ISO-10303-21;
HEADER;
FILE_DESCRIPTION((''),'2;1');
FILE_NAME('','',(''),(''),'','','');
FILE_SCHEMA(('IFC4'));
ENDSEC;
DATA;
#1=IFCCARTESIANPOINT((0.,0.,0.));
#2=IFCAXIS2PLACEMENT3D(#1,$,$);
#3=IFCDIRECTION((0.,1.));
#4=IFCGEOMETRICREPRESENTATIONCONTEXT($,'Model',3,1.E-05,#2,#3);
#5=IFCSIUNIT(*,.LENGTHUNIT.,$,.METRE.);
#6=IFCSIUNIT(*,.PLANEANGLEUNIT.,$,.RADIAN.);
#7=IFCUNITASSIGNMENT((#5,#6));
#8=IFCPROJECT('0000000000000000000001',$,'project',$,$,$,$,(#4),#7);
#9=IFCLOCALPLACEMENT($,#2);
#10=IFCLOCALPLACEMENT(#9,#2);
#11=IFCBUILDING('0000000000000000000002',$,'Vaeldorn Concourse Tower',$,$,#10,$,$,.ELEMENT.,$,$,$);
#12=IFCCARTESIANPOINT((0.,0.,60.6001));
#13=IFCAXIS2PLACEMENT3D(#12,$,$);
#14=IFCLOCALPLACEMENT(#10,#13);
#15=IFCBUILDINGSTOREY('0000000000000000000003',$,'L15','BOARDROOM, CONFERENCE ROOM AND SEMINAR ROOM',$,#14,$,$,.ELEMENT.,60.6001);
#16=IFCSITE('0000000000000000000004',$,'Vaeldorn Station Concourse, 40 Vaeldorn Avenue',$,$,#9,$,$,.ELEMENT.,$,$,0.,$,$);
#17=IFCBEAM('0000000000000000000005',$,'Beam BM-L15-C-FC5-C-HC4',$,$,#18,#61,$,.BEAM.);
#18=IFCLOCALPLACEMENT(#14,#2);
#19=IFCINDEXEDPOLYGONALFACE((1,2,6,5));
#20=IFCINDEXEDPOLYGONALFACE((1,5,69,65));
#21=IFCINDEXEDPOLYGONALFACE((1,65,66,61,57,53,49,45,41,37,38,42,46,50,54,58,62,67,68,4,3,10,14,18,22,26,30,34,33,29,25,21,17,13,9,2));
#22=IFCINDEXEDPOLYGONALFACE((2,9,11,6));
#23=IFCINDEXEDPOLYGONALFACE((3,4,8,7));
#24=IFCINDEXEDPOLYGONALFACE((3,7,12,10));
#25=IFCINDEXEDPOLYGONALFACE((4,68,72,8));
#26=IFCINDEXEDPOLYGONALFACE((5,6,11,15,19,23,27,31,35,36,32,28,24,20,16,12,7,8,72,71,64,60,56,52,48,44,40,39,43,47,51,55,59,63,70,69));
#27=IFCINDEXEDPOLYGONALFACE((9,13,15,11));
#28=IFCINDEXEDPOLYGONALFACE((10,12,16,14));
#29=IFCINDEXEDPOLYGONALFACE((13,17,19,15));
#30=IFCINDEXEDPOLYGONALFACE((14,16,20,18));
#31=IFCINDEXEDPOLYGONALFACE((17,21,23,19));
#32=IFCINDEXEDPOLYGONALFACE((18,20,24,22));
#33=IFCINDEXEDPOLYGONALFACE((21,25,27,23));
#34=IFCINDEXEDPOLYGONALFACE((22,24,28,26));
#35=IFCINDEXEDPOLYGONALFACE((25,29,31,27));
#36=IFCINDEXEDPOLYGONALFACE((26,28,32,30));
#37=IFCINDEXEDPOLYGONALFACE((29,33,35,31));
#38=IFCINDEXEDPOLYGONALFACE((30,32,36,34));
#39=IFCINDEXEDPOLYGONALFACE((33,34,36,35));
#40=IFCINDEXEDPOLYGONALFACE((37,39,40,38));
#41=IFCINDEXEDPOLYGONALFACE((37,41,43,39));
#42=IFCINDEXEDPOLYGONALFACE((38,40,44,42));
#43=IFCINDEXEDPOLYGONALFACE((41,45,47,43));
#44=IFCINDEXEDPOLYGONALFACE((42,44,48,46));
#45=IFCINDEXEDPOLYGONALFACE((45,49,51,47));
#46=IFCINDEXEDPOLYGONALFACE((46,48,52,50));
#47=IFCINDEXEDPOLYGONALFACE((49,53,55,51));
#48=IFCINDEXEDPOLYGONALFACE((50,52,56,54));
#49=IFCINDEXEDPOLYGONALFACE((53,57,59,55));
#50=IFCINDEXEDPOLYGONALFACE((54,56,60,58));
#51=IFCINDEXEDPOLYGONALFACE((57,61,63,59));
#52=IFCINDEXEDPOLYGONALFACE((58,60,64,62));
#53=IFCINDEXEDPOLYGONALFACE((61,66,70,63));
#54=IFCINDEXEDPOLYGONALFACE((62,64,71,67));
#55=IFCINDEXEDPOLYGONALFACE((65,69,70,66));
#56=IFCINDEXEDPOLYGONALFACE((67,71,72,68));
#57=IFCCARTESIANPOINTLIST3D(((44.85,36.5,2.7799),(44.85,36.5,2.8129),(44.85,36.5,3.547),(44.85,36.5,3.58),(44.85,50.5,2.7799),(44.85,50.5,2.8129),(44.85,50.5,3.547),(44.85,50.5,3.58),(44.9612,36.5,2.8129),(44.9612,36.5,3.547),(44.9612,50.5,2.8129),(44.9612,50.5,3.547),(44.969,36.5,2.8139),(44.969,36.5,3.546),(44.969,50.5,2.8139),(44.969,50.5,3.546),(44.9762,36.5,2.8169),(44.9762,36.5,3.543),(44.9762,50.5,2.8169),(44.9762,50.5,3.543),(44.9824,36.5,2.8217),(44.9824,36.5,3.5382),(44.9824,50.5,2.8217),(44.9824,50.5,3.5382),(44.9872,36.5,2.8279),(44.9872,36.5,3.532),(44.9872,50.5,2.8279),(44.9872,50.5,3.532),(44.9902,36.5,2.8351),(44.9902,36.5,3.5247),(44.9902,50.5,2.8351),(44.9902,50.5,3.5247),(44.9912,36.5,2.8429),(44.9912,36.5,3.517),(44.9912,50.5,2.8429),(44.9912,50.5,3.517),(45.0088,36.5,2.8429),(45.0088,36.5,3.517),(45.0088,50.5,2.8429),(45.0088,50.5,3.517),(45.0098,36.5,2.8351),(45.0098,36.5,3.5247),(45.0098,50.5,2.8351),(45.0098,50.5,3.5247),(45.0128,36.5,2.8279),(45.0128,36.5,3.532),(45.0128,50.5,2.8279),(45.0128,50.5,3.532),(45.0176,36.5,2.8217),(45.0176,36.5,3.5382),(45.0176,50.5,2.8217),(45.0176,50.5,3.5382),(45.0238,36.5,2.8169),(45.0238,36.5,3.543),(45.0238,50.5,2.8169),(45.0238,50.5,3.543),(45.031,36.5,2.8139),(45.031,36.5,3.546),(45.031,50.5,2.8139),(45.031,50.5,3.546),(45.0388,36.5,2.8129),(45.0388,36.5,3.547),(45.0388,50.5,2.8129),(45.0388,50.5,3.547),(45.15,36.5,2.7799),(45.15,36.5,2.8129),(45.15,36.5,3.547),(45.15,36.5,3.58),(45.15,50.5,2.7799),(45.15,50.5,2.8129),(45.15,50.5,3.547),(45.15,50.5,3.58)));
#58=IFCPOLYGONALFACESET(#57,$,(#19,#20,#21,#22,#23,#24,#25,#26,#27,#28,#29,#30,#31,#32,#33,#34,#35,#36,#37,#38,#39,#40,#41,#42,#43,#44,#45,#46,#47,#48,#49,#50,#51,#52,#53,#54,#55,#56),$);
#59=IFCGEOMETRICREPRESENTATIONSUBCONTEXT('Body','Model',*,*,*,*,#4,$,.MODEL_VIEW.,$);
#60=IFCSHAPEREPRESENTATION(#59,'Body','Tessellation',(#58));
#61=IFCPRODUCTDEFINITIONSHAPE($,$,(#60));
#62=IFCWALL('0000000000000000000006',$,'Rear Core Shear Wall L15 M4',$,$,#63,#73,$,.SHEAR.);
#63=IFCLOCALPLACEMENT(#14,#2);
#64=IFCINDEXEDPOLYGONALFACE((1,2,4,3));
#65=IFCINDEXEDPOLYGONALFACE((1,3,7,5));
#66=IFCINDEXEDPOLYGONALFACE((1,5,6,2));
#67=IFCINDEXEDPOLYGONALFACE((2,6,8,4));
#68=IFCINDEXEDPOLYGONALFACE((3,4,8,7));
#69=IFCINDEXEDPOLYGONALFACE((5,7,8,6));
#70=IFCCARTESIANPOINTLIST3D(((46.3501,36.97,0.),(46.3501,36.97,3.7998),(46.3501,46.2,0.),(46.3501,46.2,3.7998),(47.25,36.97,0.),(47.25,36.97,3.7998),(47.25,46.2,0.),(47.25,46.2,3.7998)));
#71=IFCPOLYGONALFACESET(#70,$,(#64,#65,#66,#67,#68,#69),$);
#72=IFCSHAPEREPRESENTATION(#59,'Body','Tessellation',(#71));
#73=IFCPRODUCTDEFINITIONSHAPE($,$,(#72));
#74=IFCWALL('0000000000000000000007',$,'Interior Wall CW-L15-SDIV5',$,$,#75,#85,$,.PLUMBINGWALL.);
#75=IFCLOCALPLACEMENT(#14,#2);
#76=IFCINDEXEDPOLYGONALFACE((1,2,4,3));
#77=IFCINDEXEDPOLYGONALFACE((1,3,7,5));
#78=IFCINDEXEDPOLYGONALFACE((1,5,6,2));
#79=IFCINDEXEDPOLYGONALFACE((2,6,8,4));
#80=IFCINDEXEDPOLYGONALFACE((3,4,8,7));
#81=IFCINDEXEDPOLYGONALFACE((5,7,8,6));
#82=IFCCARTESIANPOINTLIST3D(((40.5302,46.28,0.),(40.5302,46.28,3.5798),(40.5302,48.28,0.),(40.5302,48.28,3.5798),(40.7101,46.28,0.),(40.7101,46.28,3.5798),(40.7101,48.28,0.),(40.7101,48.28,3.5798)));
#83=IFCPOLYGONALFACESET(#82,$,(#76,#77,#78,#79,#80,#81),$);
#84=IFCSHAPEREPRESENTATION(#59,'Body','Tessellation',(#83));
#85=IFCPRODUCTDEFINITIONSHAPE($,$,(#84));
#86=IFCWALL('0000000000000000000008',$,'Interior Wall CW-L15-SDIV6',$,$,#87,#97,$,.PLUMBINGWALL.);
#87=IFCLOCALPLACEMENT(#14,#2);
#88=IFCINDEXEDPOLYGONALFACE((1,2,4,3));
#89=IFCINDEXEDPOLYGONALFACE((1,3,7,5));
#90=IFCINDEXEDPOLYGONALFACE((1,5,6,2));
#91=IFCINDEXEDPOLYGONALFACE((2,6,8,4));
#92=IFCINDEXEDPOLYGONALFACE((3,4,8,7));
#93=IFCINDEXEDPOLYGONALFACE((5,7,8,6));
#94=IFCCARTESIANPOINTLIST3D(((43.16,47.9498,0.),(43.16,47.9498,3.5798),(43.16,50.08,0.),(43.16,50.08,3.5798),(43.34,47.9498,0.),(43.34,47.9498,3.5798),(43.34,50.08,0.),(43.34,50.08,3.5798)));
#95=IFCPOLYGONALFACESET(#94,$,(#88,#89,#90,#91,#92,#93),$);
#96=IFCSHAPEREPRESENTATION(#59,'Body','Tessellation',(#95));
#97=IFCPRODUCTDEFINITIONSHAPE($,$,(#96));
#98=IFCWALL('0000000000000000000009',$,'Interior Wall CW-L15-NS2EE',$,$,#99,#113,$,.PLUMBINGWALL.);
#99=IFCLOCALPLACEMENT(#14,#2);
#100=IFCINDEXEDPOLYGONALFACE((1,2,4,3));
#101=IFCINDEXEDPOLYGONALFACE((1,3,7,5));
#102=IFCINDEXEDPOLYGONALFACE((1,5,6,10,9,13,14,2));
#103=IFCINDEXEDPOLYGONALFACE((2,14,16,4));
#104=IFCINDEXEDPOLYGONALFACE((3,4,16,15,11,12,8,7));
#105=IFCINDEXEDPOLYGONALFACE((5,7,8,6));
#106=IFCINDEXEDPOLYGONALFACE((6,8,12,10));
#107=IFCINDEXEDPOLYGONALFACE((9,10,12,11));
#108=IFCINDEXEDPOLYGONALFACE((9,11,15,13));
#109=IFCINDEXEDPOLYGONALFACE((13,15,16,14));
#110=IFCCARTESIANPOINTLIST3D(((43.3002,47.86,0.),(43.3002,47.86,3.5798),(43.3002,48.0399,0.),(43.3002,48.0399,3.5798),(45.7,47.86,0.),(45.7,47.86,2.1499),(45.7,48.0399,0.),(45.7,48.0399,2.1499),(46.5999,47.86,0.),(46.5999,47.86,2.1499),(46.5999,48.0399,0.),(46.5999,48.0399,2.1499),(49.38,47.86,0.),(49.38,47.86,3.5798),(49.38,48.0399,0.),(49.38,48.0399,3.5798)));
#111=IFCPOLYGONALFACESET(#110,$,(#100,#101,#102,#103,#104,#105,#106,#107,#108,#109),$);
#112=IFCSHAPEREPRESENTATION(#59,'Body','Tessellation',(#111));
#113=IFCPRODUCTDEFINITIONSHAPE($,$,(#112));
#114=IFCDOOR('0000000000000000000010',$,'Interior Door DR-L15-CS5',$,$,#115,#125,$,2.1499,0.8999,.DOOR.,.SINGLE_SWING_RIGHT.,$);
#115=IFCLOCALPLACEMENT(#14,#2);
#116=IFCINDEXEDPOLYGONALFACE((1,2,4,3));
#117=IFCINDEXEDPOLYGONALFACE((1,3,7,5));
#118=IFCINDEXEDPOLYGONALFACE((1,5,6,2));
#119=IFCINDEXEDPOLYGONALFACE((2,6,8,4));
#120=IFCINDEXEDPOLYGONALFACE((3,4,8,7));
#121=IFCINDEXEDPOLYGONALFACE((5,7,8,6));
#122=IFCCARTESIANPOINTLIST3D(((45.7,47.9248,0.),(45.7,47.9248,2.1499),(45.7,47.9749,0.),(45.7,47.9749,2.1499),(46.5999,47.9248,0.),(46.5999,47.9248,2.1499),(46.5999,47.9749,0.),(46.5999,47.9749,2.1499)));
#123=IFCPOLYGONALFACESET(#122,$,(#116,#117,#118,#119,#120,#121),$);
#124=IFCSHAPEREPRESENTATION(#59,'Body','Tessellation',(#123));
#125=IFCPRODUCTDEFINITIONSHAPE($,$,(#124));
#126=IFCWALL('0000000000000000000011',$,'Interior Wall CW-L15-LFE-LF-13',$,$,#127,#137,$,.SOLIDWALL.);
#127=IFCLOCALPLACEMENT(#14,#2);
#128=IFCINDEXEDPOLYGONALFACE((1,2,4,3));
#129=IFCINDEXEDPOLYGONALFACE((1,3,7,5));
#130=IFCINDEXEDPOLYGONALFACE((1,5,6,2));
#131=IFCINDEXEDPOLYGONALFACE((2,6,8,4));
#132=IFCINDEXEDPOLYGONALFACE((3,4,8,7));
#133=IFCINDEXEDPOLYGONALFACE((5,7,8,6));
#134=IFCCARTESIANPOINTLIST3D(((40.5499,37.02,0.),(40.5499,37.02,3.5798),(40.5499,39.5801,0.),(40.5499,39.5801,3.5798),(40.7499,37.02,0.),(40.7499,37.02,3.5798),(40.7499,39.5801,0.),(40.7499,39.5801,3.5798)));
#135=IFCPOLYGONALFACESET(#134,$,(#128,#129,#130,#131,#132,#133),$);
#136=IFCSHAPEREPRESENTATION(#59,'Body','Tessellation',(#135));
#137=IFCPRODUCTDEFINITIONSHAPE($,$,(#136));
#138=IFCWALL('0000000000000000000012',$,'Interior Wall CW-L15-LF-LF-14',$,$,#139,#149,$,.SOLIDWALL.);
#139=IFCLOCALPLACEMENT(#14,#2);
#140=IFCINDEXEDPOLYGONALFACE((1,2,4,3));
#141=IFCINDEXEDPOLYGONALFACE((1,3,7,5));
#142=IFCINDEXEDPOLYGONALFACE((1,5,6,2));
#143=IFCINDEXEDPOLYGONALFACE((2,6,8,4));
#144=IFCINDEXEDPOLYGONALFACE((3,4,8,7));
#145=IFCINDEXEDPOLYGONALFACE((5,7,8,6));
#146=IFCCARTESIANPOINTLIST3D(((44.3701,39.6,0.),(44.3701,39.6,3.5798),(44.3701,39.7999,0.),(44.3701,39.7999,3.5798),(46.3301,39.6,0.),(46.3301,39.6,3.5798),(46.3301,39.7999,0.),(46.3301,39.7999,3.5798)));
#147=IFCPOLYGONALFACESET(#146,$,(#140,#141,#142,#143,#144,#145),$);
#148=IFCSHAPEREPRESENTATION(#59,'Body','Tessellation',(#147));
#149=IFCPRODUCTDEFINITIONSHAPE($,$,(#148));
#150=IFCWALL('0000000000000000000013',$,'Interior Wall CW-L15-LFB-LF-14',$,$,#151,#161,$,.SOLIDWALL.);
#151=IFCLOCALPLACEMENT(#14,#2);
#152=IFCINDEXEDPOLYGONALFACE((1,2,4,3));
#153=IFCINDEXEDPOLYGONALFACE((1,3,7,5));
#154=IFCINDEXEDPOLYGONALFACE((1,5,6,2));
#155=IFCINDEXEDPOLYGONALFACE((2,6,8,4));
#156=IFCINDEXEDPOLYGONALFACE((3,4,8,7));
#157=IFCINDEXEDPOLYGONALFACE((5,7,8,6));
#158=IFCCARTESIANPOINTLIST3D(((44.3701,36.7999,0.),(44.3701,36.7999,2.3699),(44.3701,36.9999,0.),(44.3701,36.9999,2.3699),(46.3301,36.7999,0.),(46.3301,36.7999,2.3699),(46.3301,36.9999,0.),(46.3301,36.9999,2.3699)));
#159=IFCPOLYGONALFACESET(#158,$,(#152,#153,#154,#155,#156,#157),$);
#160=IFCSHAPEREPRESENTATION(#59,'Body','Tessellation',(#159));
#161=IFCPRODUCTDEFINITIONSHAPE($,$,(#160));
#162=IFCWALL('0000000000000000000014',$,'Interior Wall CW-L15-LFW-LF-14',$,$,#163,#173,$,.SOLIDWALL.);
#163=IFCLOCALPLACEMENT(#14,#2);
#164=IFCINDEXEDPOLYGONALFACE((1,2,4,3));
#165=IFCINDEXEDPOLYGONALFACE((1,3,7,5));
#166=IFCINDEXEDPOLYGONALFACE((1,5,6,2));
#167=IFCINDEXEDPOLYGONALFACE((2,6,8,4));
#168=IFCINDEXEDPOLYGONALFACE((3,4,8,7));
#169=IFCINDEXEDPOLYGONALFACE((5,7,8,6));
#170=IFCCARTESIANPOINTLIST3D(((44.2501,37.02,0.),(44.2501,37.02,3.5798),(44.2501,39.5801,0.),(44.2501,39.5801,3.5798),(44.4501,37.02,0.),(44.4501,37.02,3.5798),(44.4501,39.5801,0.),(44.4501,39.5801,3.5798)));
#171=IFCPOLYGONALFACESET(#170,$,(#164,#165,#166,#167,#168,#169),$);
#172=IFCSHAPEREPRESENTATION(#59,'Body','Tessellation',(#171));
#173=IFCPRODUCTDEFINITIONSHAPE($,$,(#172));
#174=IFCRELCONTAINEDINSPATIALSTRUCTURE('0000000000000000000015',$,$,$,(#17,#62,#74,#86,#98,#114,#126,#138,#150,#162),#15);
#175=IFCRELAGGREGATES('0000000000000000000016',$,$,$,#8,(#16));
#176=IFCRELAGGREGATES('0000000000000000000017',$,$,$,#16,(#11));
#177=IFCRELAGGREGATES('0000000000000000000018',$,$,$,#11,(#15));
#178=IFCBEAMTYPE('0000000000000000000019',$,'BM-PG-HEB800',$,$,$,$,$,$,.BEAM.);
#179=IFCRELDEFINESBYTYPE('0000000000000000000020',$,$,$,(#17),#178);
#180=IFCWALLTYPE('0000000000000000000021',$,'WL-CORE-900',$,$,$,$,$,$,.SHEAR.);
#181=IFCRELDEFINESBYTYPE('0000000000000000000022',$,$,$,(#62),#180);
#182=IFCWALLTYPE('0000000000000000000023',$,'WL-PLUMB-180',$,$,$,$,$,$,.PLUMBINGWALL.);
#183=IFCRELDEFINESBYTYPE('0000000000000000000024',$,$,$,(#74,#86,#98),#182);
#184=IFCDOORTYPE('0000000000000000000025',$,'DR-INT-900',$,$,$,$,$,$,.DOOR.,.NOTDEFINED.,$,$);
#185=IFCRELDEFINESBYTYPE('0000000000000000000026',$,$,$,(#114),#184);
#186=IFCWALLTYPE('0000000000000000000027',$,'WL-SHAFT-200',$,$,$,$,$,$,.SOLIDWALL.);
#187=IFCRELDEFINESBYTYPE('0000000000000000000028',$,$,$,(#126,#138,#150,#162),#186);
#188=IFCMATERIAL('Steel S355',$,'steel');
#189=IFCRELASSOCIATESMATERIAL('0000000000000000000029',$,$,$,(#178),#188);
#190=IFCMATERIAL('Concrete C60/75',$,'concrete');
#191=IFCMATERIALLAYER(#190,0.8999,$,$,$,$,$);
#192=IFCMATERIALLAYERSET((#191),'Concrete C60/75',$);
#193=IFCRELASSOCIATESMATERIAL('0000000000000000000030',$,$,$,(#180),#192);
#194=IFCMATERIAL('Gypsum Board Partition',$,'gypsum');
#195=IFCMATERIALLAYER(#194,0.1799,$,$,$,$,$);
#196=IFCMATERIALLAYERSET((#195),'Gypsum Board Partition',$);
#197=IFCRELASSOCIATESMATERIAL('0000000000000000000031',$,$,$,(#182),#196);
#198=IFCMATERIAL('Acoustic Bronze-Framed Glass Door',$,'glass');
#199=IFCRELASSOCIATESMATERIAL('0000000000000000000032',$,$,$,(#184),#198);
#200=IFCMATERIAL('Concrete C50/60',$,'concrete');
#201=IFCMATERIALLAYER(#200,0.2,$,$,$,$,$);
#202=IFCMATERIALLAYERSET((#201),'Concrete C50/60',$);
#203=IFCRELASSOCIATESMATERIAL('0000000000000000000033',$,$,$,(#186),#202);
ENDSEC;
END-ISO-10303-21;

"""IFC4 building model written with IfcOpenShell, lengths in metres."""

from ifc_helpers import new_model, si_unit, direction, frame, frame_2d, origin, origin_2d, place, context, subcontext, project, spatial, rectangle, i_section, extrude, source, transform, mapped, material, layer, layer_set, material_profile, profile_set, type_object, element, fill, save


model = new_model("IFC4")

# Units and contexts
model_context = context("Model", 3, precision=1e-05, world=origin(), true_north=direction((0.0, 1.0)))
body_context = subcontext(model_context, "Body", "Model", "MODEL_VIEW")
ifc_project = project(units=[si_unit("LENGTHUNIT", "METRE"), si_unit("PLANEANGLEUNIT", "RADIAN")], contexts=[model_context])

# Site, building, storey
site_placement = place(None, origin())
site = spatial("IfcSite", under=ifc_project, at=site_placement, Name="Vaeldorn Station Concourse, 40 Vaeldorn Avenue", CompositionType="ELEMENT", RefElevation=0.0)
building_placement = place(site_placement, origin())
building = spatial("IfcBuilding", under=site, at=building_placement, Name="Vaeldorn Concourse Tower", CompositionType="ELEMENT")
storey_placement = place(building_placement, frame((0.0, 0.0, 60.6001)))
storey = spatial("IfcBuildingStorey", under=building, at=storey_placement, Name="L15", Description="BOARDROOM, CONFERENCE ROOM AND SEMINAR ROOM", CompositionType="ELEMENT", Elevation=60.6001)

# Beam
ifc_material_1 = material(Name="Concrete C60/75", Category="concrete")
ifc_material_2 = material(Name="Steel S355", Category="steel")
ifc_material_profile_1 = material_profile(ifc_material_2, i_section(OverallWidth=0.3, OverallDepth=0.8, WebThickness=0.0176, FlangeThickness=0.033, FilletRadius=0.03, at=origin_2d()), Name="HEB 800")
ifc_profile_set_1 = profile_set([ifc_material_profile_1], Name="Steel S355")
beam_type_1 = type_object("IfcBeamType", Name="BM-PG-HEB800", PredefinedType="BEAM", material=ifc_profile_set_1)
shared_shape_1 = source(origin(), body_context, "Body", "SweptSolid", [
    extrude(i_section(OverallWidth=0.3, OverallDepth=0.8, WebThickness=0.0176, FlangeThickness=0.033, FilletRadius=0.03, at=origin_2d()), origin(), (0.0, 0.0, 1.0), 14.0),
])
beam_1_placement = place(storey_placement, frame((45.0, 36.5, 3.1799), z_axis=(0.0, 1.0, 0.0), x_axis=(-1.0, 0.0, 0.0)))
element("IfcBeam", 1, at=beam_1_placement, inside=storey, type_object=beam_type_1, Name="Beam BM-L15-C-FC5-C-HC4", PredefinedType="BEAM", context=body_context, shape_type="MappedRepresentation", body=[
    mapped(shared_shape_1, transform((0.0, 0.0, 0.0), scale=1.0)),
])

# Walls
ifc_layer_1 = layer(ifc_material_1, 0.8999)
ifc_layer_set_1 = layer_set([ifc_layer_1], Name="Concrete C60/75")
wall_type_1 = type_object("IfcWallType", Name="WL-CORE-900", PredefinedType="SHEAR", material=ifc_layer_set_1)
wall_1_placement = place(storey_placement, frame((46.8, 36.97, 0.0), z_axis=(0.0, 0.0, 1.0), x_axis=(0.0, 1.0, 0.0)))
element("IfcWall", 2, at=wall_1_placement, inside=storey, type_object=wall_type_1, Name="Rear Core Shear Wall L15 M4", PredefinedType="SHEAR", context=body_context, shape_type="SweptSolid", body=[
    extrude(rectangle(XDim=9.23, YDim=0.8999, at=frame_2d((4.615, 0.0))), origin(), (0.0, 0.0, 1.0), 3.7998),
])
ifc_material_3 = material(Name="Gypsum Board Partition", Category="gypsum")
ifc_layer_2 = layer(ifc_material_3, 0.1799)
ifc_layer_set_2 = layer_set([ifc_layer_2], Name="Gypsum Board Partition")
wall_type_2 = type_object("IfcWallType", Name="WL-PLUMB-180", PredefinedType="PLUMBINGWALL", material=ifc_layer_set_2)
wall_2_placement = place(storey_placement, frame((40.6201, 46.28, 0.0), z_axis=(0.0, 0.0, 1.0), x_axis=(0.0, 1.0, 0.0)))
element("IfcWall", 3, at=wall_2_placement, inside=storey, type_object=wall_type_2, Name="Interior Wall CW-L15-SDIV5", PredefinedType="PLUMBINGWALL", context=body_context, shape_type="SweptSolid", body=[
    extrude(rectangle(XDim=2.0, YDim=0.1799, at=frame_2d((1.0, 0.0))), origin(), (0.0, 0.0, 1.0), 3.5798),
])
wall_3_placement = place(storey_placement, frame((43.25, 47.95, 0.0), z_axis=(0.0, 0.0, 1.0), x_axis=(0.0, 1.0, 0.0)))
element("IfcWall", 4, at=wall_3_placement, inside=storey, type_object=wall_type_2, Name="Interior Wall CW-L15-SDIV6", PredefinedType="PLUMBINGWALL", context=body_context, shape_type="SweptSolid", body=[
    extrude(rectangle(XDim=2.1301, YDim=0.1799, at=frame_2d((1.0649, 0.0))), origin(), (0.0, 0.0, 1.0), 3.5798),
])

# Wall, opening, door
wall_4_placement = place(storey_placement, frame((43.3, 47.95, 0.0), z_axis=(0.0, 0.0, 1.0), x_axis=(1.0, 0.0, 0.0)))
wall_4 = element("IfcWall", 5, at=wall_4_placement, inside=storey, type_object=wall_type_2, Name="Interior Wall CW-L15-NS2EE", PredefinedType="PLUMBINGWALL", context=body_context, shape_type="SweptSolid", body=[
    extrude(rectangle(XDim=6.0798, YDim=0.1799, at=frame_2d((3.04, 0.0))), origin(), (0.0, 0.0, 1.0), 3.5798),
])
opening_1_placement = place(wall_4_placement, frame((2.3999, 0.0, 0.0)))
opening_1 = element("IfcOpeningElement", 6, at=opening_1_placement, cuts=wall_4, PredefinedType="OPENING", context=body_context, shape_type="SweptSolid", body=[
    extrude(rectangle(XDim=0.8999, YDim=2.1499, at=frame_2d((0.45, 1.075))), frame((0.0, 0.1001, 0.0), z_axis=(0.0, -1.0, 0.0), x_axis=(1.0, 0.0, 0.0)), (0.0, 0.0, 1.0), 0.2),
])
ifc_material_4 = material(Name="Acoustic Bronze-Framed Glass Door", Category="glass")
door_type_1 = type_object("IfcDoorType", Name="DR-INT-900", OperationType="NOTDEFINED", PredefinedType="DOOR", material=ifc_material_4)
shared_shape_2 = source(origin(), body_context, "Body", "SweptSolid", [
    extrude(rectangle(XDim=0.8999, YDim=2.1499, at=frame_2d((0.45, 1.075))), frame((0.0, 0.0249, 0.0), z_axis=(0.0, -1.0, 0.0), x_axis=(1.0, 0.0, 0.0)), (0.0, 0.0, 1.0), 0.05),
])
door_1_placement = place(opening_1_placement, origin())
door_1 = element("IfcDoor", 7, at=door_1_placement, inside=storey, type_object=door_type_1, Name="Interior Door DR-L15-CS5", OperationType="SINGLE_SWING_RIGHT", OverallHeight=2.1499, OverallWidth=0.8999, PredefinedType="DOOR", context=body_context, shape_type="MappedRepresentation", body=[
    mapped(shared_shape_2, transform((0.0, 0.0, 0.0), scale=1.0)),
])
fill(opening_1, door_1)
ifc_material_5 = material(Name="Concrete C50/60", Category="concrete")
ifc_layer_3 = layer(ifc_material_5, 0.2)
ifc_layer_set_3 = layer_set([ifc_layer_3], Name="Concrete C50/60")
wall_type_3 = type_object("IfcWallType", Name="WL-SHAFT-200", PredefinedType="SOLIDWALL", material=ifc_layer_set_3)

# Walls
wall_5_placement = place(storey_placement, frame((40.6499, 37.02, 0.0), z_axis=(0.0, 0.0, 1.0), x_axis=(0.0, 1.0, 0.0)))
element("IfcWall", 8, at=wall_5_placement, inside=storey, type_object=wall_type_3, Name="Interior Wall CW-L15-LFE-LF-13", PredefinedType="SOLIDWALL", context=body_context, shape_type="SweptSolid", body=[
    extrude(rectangle(XDim=2.5601, YDim=0.2, at=frame_2d((1.28, 0.0))), origin(), (0.0, 0.0, 1.0), 3.5798),
])
wall_6_placement = place(storey_placement, frame((44.3701, 39.7, 0.0), z_axis=(0.0, 0.0, 1.0), x_axis=(1.0, 0.0, 0.0)))
element("IfcWall", 9, at=wall_6_placement, inside=storey, type_object=wall_type_3, Name="Interior Wall CW-L15-LF-LF-14", PredefinedType="SOLIDWALL", context=body_context, shape_type="SweptSolid", body=[
    extrude(rectangle(XDim=1.96, YDim=0.2, at=frame_2d((0.98, 0.0))), origin(), (0.0, 0.0, 1.0), 3.5798),
])
wall_7_placement = place(storey_placement, frame((44.3701, 36.8999, 0.0), z_axis=(0.0, 0.0, 1.0), x_axis=(1.0, 0.0, 0.0)))
element("IfcWall", 10, at=wall_7_placement, inside=storey, type_object=wall_type_3, Name="Interior Wall CW-L15-LFB-LF-14", PredefinedType="SOLIDWALL", context=body_context, shape_type="SweptSolid", body=[
    extrude(rectangle(XDim=1.96, YDim=0.2, at=frame_2d((0.98, 0.0))), origin(), (0.0, 0.0, 1.0), 2.3699),
])
wall_8_placement = place(storey_placement, frame((44.3501, 37.02, 0.0), z_axis=(0.0, 0.0, 1.0), x_axis=(0.0, 1.0, 0.0)))
element("IfcWall", 11, at=wall_8_placement, inside=storey, type_object=wall_type_3, Name="Interior Wall CW-L15-LFW-LF-14", PredefinedType="SOLIDWALL", context=body_context, shape_type="SweptSolid", body=[
    extrude(rectangle(XDim=2.5601, YDim=0.2, at=frame_2d((1.28, 0.0))), origin(), (0.0, 0.0, 1.0), 3.5798),
])

save(model, "model.ifc")
